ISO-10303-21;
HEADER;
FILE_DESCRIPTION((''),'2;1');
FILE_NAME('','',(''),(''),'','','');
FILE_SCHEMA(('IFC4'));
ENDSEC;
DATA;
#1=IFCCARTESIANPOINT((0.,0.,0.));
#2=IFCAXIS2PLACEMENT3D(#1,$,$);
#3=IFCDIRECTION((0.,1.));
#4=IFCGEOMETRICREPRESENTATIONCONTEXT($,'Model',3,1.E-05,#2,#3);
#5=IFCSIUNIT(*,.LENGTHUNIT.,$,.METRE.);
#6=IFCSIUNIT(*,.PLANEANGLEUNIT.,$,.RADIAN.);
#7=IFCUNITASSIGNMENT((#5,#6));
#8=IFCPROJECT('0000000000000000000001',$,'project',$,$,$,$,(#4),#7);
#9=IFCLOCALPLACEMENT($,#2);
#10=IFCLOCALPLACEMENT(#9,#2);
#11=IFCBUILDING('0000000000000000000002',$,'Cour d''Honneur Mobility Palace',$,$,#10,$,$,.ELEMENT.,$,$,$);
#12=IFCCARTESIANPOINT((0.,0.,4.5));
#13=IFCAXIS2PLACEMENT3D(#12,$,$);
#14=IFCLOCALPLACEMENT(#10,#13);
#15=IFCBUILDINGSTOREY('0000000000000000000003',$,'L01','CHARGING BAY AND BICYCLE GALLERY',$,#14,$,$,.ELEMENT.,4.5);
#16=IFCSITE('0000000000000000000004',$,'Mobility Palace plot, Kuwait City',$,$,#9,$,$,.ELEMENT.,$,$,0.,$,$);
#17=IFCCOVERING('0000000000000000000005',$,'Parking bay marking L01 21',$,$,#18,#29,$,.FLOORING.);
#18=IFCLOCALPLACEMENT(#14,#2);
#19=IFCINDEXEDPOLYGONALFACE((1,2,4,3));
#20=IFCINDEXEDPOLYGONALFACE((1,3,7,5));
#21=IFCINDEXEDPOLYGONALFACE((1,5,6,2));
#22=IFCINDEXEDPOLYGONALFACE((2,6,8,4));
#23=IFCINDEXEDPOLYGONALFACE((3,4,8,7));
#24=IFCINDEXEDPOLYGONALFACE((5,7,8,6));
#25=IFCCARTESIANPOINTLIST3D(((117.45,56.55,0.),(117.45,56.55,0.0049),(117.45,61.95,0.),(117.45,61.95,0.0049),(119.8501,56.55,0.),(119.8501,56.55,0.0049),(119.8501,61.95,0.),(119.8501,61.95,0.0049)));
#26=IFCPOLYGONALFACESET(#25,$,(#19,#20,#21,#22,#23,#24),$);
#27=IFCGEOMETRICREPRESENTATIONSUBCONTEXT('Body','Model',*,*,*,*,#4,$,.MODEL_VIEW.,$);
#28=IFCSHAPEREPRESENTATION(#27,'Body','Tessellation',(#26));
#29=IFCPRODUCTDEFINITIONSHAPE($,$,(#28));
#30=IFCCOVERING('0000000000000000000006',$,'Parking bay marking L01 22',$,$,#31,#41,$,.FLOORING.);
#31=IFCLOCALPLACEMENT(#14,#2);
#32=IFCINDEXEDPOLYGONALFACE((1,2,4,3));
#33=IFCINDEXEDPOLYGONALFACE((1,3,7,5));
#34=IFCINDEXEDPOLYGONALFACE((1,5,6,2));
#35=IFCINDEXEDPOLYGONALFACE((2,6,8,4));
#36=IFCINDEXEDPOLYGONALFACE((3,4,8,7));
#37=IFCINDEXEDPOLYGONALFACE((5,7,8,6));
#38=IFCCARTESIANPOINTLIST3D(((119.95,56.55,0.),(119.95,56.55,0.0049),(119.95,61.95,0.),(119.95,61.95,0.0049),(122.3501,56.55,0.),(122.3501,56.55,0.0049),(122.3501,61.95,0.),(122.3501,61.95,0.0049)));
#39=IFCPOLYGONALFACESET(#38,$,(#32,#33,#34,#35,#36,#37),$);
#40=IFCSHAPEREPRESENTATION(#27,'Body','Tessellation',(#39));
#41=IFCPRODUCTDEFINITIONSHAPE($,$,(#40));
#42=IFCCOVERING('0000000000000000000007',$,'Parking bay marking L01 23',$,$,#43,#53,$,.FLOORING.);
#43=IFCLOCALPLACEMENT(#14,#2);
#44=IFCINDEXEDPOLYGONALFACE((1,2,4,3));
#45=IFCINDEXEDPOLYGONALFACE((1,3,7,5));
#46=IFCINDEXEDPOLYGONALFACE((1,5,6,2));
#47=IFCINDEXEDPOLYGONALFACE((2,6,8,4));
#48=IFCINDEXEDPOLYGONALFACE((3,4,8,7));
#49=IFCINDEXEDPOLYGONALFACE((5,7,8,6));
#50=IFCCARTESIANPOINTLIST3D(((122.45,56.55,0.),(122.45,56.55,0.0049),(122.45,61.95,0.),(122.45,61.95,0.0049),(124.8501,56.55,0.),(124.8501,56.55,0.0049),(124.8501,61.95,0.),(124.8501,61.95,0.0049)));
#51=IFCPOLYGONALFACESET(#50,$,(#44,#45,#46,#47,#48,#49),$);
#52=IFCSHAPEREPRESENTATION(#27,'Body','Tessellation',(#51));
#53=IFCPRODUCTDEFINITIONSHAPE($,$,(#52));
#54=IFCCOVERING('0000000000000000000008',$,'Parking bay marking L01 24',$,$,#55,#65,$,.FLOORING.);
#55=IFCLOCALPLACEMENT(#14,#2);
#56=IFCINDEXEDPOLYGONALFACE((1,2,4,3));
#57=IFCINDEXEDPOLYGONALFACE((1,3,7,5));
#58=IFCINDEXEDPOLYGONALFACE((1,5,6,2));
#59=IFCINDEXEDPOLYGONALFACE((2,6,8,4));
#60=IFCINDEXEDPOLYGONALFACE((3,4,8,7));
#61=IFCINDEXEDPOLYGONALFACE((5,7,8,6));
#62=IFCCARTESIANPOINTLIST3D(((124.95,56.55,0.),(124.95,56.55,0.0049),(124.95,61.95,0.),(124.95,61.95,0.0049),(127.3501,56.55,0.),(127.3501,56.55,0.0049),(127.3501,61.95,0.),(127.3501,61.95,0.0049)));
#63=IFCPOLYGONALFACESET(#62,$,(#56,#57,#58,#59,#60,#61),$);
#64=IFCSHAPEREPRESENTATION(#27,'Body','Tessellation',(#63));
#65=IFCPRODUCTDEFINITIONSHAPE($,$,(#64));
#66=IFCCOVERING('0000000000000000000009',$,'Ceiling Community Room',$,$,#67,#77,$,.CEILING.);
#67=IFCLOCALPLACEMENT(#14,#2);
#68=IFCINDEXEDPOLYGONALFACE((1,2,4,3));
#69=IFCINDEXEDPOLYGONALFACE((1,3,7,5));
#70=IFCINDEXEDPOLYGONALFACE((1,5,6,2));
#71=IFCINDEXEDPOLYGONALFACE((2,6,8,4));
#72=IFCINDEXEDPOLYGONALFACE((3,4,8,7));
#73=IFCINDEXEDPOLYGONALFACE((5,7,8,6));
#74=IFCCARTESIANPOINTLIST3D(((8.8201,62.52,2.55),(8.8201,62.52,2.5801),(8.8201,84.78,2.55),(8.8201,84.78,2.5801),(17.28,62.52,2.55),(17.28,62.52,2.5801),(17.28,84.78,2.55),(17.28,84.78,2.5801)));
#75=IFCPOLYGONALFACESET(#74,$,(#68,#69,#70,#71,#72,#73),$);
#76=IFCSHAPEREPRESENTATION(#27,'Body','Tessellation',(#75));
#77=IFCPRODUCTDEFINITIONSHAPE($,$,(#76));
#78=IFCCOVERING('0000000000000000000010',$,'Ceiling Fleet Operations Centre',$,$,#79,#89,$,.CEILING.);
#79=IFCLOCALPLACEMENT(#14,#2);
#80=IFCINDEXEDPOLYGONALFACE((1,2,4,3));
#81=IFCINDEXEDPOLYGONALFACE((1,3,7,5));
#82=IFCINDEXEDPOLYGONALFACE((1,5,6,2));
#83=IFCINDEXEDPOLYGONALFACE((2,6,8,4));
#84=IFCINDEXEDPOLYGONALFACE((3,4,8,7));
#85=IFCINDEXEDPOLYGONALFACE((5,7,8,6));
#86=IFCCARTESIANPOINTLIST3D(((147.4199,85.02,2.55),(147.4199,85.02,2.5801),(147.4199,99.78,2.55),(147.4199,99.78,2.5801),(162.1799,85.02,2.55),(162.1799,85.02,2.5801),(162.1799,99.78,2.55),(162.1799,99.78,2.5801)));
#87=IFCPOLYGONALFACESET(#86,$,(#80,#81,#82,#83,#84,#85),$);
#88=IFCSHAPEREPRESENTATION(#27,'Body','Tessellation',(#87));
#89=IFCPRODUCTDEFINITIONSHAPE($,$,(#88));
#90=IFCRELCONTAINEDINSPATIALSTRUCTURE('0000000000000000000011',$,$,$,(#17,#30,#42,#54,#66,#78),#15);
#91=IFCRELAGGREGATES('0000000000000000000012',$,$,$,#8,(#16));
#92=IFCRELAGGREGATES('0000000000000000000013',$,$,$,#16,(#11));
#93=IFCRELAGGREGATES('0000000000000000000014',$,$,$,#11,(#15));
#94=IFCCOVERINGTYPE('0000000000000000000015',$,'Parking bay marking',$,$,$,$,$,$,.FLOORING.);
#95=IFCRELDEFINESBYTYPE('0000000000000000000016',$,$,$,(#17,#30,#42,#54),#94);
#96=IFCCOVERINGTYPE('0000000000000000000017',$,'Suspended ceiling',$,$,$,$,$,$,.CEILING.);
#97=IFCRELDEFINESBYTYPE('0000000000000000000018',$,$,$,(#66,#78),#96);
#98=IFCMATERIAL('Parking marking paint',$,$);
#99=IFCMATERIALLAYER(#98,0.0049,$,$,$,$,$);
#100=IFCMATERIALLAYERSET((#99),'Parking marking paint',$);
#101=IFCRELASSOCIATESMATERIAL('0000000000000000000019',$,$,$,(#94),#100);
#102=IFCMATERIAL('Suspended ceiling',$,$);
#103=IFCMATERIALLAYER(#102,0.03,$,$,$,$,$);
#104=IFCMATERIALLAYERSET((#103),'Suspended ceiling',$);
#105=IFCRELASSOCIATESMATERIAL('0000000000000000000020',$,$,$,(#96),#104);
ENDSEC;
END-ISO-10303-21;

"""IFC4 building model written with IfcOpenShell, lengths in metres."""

from ifc_helpers import new_model, si_unit, direction, frame, origin, place, context, subcontext, project, spatial, polyline, outline, extrude, material, layer, layer_set, type_object, element, save


model = new_model("IFC4")

# Units and contexts
model_context = context("Model", 3, precision=1e-05, world=origin(), true_north=direction((0.0, 1.0)))
body_context = subcontext(model_context, "Body", "Model", "MODEL_VIEW")
ifc_project = project(units=[si_unit("LENGTHUNIT", "METRE"), si_unit("PLANEANGLEUNIT", "RADIAN")], contexts=[model_context])

# Site, building, storey
site_placement = place(None, origin())
site = spatial("IfcSite", under=ifc_project, at=site_placement, Name="Mobility Palace plot, Kuwait City", CompositionType="ELEMENT", RefElevation=0.0)
building_placement = place(site_placement, origin())
building = spatial("IfcBuilding", under=site, at=building_placement, Name="Cour d'Honneur Mobility Palace", CompositionType="ELEMENT")
storey_placement = place(building_placement, frame((0.0, 0.0, 4.5)))
storey = spatial("IfcBuildingStorey", under=building, at=storey_placement, Name="L01", Description="CHARGING BAY AND BICYCLE GALLERY", CompositionType="ELEMENT", Elevation=4.5)

# Coverings
ifc_material_1 = material(Name="Parking marking paint")
ifc_layer_1 = layer(ifc_material_1, 0.0049)
ifc_layer_set_1 = layer_set([ifc_layer_1], Name="Parking marking paint")
covering_type_1 = type_object("IfcCoveringType", Name="Parking bay marking", PredefinedType="FLOORING", material=ifc_layer_set_1)
covering_1_placement = place(storey_placement, origin())
element("IfcCovering", 1, at=covering_1_placement, inside=storey, type_object=covering_type_1, Name="Parking bay marking L01 21", PredefinedType="FLOORING", context=body_context, shape_type="SweptSolid", body=[
    extrude(outline(polyline([(119.8501, 56.55), (117.45, 56.55), (117.45, 61.95), (119.8501, 61.95), (119.8501, 56.55)])), origin(), (0.0, 0.0, 1.0), 0.0049),
])
covering_2_placement = place(storey_placement, origin())
element("IfcCovering", 2, at=covering_2_placement, inside=storey, type_object=covering_type_1, Name="Parking bay marking L01 22", PredefinedType="FLOORING", context=body_context, shape_type="SweptSolid", body=[
    extrude(outline(polyline([(122.3501, 56.55), (119.95, 56.55), (119.95, 61.95), (122.3501, 61.95), (122.3501, 56.55)])), origin(), (0.0, 0.0, 1.0), 0.0049),
])
covering_3_placement = place(storey_placement, origin())
element("IfcCovering", 3, at=covering_3_placement, inside=storey, type_object=covering_type_1, Name="Parking bay marking L01 23", PredefinedType="FLOORING", context=body_context, shape_type="SweptSolid", body=[
    extrude(outline(polyline([(124.8501, 56.55), (122.45, 56.55), (122.45, 61.95), (124.8501, 61.95), (124.8501, 56.55)])), origin(), (0.0, 0.0, 1.0), 0.0049),
])
covering_4_placement = place(storey_placement, origin())
element("IfcCovering", 4, at=covering_4_placement, inside=storey, type_object=covering_type_1, Name="Parking bay marking L01 24", PredefinedType="FLOORING", context=body_context, shape_type="SweptSolid", body=[
    extrude(outline(polyline([(127.3501, 56.55), (124.95, 56.55), (124.95, 61.95), (127.3501, 61.95), (127.3501, 56.55)])), origin(), (0.0, 0.0, 1.0), 0.0049),
])
ifc_material_2 = material(Name="Suspended ceiling")
ifc_layer_2 = layer(ifc_material_2, 0.03)
ifc_layer_set_2 = layer_set([ifc_layer_2], Name="Suspended ceiling")
covering_type_2 = type_object("IfcCoveringType", Name="Suspended ceiling", PredefinedType="CEILING", material=ifc_layer_set_2)
covering_5_placement = place(storey_placement, frame((0.0, 0.0, 2.55)))
element("IfcCovering", 5, at=covering_5_placement, inside=storey, type_object=covering_type_2, Name="Ceiling Community Room", PredefinedType="CEILING", context=body_context, shape_type="SweptSolid", body=[
    extrude(outline(polyline([(17.28, 62.52), (8.8201, 62.52), (8.8201, 84.78), (17.28, 84.78), (17.28, 62.52)])), origin(), (0.0, 0.0, 1.0), 0.03),
])
covering_6_placement = place(storey_placement, frame((0.0, 0.0, 2.55)))
element("IfcCovering", 6, at=covering_6_placement, inside=storey, type_object=covering_type_2, Name="Ceiling Fleet Operations Centre", PredefinedType="CEILING", context=body_context, shape_type="SweptSolid", body=[
    extrude(outline(polyline([(162.1799, 85.02), (147.4199, 85.02), (147.4199, 99.78), (162.1799, 99.78), (162.1799, 85.02)])), origin(), (0.0, 0.0, 1.0), 0.03),
])

save(model, "model.ifc")
